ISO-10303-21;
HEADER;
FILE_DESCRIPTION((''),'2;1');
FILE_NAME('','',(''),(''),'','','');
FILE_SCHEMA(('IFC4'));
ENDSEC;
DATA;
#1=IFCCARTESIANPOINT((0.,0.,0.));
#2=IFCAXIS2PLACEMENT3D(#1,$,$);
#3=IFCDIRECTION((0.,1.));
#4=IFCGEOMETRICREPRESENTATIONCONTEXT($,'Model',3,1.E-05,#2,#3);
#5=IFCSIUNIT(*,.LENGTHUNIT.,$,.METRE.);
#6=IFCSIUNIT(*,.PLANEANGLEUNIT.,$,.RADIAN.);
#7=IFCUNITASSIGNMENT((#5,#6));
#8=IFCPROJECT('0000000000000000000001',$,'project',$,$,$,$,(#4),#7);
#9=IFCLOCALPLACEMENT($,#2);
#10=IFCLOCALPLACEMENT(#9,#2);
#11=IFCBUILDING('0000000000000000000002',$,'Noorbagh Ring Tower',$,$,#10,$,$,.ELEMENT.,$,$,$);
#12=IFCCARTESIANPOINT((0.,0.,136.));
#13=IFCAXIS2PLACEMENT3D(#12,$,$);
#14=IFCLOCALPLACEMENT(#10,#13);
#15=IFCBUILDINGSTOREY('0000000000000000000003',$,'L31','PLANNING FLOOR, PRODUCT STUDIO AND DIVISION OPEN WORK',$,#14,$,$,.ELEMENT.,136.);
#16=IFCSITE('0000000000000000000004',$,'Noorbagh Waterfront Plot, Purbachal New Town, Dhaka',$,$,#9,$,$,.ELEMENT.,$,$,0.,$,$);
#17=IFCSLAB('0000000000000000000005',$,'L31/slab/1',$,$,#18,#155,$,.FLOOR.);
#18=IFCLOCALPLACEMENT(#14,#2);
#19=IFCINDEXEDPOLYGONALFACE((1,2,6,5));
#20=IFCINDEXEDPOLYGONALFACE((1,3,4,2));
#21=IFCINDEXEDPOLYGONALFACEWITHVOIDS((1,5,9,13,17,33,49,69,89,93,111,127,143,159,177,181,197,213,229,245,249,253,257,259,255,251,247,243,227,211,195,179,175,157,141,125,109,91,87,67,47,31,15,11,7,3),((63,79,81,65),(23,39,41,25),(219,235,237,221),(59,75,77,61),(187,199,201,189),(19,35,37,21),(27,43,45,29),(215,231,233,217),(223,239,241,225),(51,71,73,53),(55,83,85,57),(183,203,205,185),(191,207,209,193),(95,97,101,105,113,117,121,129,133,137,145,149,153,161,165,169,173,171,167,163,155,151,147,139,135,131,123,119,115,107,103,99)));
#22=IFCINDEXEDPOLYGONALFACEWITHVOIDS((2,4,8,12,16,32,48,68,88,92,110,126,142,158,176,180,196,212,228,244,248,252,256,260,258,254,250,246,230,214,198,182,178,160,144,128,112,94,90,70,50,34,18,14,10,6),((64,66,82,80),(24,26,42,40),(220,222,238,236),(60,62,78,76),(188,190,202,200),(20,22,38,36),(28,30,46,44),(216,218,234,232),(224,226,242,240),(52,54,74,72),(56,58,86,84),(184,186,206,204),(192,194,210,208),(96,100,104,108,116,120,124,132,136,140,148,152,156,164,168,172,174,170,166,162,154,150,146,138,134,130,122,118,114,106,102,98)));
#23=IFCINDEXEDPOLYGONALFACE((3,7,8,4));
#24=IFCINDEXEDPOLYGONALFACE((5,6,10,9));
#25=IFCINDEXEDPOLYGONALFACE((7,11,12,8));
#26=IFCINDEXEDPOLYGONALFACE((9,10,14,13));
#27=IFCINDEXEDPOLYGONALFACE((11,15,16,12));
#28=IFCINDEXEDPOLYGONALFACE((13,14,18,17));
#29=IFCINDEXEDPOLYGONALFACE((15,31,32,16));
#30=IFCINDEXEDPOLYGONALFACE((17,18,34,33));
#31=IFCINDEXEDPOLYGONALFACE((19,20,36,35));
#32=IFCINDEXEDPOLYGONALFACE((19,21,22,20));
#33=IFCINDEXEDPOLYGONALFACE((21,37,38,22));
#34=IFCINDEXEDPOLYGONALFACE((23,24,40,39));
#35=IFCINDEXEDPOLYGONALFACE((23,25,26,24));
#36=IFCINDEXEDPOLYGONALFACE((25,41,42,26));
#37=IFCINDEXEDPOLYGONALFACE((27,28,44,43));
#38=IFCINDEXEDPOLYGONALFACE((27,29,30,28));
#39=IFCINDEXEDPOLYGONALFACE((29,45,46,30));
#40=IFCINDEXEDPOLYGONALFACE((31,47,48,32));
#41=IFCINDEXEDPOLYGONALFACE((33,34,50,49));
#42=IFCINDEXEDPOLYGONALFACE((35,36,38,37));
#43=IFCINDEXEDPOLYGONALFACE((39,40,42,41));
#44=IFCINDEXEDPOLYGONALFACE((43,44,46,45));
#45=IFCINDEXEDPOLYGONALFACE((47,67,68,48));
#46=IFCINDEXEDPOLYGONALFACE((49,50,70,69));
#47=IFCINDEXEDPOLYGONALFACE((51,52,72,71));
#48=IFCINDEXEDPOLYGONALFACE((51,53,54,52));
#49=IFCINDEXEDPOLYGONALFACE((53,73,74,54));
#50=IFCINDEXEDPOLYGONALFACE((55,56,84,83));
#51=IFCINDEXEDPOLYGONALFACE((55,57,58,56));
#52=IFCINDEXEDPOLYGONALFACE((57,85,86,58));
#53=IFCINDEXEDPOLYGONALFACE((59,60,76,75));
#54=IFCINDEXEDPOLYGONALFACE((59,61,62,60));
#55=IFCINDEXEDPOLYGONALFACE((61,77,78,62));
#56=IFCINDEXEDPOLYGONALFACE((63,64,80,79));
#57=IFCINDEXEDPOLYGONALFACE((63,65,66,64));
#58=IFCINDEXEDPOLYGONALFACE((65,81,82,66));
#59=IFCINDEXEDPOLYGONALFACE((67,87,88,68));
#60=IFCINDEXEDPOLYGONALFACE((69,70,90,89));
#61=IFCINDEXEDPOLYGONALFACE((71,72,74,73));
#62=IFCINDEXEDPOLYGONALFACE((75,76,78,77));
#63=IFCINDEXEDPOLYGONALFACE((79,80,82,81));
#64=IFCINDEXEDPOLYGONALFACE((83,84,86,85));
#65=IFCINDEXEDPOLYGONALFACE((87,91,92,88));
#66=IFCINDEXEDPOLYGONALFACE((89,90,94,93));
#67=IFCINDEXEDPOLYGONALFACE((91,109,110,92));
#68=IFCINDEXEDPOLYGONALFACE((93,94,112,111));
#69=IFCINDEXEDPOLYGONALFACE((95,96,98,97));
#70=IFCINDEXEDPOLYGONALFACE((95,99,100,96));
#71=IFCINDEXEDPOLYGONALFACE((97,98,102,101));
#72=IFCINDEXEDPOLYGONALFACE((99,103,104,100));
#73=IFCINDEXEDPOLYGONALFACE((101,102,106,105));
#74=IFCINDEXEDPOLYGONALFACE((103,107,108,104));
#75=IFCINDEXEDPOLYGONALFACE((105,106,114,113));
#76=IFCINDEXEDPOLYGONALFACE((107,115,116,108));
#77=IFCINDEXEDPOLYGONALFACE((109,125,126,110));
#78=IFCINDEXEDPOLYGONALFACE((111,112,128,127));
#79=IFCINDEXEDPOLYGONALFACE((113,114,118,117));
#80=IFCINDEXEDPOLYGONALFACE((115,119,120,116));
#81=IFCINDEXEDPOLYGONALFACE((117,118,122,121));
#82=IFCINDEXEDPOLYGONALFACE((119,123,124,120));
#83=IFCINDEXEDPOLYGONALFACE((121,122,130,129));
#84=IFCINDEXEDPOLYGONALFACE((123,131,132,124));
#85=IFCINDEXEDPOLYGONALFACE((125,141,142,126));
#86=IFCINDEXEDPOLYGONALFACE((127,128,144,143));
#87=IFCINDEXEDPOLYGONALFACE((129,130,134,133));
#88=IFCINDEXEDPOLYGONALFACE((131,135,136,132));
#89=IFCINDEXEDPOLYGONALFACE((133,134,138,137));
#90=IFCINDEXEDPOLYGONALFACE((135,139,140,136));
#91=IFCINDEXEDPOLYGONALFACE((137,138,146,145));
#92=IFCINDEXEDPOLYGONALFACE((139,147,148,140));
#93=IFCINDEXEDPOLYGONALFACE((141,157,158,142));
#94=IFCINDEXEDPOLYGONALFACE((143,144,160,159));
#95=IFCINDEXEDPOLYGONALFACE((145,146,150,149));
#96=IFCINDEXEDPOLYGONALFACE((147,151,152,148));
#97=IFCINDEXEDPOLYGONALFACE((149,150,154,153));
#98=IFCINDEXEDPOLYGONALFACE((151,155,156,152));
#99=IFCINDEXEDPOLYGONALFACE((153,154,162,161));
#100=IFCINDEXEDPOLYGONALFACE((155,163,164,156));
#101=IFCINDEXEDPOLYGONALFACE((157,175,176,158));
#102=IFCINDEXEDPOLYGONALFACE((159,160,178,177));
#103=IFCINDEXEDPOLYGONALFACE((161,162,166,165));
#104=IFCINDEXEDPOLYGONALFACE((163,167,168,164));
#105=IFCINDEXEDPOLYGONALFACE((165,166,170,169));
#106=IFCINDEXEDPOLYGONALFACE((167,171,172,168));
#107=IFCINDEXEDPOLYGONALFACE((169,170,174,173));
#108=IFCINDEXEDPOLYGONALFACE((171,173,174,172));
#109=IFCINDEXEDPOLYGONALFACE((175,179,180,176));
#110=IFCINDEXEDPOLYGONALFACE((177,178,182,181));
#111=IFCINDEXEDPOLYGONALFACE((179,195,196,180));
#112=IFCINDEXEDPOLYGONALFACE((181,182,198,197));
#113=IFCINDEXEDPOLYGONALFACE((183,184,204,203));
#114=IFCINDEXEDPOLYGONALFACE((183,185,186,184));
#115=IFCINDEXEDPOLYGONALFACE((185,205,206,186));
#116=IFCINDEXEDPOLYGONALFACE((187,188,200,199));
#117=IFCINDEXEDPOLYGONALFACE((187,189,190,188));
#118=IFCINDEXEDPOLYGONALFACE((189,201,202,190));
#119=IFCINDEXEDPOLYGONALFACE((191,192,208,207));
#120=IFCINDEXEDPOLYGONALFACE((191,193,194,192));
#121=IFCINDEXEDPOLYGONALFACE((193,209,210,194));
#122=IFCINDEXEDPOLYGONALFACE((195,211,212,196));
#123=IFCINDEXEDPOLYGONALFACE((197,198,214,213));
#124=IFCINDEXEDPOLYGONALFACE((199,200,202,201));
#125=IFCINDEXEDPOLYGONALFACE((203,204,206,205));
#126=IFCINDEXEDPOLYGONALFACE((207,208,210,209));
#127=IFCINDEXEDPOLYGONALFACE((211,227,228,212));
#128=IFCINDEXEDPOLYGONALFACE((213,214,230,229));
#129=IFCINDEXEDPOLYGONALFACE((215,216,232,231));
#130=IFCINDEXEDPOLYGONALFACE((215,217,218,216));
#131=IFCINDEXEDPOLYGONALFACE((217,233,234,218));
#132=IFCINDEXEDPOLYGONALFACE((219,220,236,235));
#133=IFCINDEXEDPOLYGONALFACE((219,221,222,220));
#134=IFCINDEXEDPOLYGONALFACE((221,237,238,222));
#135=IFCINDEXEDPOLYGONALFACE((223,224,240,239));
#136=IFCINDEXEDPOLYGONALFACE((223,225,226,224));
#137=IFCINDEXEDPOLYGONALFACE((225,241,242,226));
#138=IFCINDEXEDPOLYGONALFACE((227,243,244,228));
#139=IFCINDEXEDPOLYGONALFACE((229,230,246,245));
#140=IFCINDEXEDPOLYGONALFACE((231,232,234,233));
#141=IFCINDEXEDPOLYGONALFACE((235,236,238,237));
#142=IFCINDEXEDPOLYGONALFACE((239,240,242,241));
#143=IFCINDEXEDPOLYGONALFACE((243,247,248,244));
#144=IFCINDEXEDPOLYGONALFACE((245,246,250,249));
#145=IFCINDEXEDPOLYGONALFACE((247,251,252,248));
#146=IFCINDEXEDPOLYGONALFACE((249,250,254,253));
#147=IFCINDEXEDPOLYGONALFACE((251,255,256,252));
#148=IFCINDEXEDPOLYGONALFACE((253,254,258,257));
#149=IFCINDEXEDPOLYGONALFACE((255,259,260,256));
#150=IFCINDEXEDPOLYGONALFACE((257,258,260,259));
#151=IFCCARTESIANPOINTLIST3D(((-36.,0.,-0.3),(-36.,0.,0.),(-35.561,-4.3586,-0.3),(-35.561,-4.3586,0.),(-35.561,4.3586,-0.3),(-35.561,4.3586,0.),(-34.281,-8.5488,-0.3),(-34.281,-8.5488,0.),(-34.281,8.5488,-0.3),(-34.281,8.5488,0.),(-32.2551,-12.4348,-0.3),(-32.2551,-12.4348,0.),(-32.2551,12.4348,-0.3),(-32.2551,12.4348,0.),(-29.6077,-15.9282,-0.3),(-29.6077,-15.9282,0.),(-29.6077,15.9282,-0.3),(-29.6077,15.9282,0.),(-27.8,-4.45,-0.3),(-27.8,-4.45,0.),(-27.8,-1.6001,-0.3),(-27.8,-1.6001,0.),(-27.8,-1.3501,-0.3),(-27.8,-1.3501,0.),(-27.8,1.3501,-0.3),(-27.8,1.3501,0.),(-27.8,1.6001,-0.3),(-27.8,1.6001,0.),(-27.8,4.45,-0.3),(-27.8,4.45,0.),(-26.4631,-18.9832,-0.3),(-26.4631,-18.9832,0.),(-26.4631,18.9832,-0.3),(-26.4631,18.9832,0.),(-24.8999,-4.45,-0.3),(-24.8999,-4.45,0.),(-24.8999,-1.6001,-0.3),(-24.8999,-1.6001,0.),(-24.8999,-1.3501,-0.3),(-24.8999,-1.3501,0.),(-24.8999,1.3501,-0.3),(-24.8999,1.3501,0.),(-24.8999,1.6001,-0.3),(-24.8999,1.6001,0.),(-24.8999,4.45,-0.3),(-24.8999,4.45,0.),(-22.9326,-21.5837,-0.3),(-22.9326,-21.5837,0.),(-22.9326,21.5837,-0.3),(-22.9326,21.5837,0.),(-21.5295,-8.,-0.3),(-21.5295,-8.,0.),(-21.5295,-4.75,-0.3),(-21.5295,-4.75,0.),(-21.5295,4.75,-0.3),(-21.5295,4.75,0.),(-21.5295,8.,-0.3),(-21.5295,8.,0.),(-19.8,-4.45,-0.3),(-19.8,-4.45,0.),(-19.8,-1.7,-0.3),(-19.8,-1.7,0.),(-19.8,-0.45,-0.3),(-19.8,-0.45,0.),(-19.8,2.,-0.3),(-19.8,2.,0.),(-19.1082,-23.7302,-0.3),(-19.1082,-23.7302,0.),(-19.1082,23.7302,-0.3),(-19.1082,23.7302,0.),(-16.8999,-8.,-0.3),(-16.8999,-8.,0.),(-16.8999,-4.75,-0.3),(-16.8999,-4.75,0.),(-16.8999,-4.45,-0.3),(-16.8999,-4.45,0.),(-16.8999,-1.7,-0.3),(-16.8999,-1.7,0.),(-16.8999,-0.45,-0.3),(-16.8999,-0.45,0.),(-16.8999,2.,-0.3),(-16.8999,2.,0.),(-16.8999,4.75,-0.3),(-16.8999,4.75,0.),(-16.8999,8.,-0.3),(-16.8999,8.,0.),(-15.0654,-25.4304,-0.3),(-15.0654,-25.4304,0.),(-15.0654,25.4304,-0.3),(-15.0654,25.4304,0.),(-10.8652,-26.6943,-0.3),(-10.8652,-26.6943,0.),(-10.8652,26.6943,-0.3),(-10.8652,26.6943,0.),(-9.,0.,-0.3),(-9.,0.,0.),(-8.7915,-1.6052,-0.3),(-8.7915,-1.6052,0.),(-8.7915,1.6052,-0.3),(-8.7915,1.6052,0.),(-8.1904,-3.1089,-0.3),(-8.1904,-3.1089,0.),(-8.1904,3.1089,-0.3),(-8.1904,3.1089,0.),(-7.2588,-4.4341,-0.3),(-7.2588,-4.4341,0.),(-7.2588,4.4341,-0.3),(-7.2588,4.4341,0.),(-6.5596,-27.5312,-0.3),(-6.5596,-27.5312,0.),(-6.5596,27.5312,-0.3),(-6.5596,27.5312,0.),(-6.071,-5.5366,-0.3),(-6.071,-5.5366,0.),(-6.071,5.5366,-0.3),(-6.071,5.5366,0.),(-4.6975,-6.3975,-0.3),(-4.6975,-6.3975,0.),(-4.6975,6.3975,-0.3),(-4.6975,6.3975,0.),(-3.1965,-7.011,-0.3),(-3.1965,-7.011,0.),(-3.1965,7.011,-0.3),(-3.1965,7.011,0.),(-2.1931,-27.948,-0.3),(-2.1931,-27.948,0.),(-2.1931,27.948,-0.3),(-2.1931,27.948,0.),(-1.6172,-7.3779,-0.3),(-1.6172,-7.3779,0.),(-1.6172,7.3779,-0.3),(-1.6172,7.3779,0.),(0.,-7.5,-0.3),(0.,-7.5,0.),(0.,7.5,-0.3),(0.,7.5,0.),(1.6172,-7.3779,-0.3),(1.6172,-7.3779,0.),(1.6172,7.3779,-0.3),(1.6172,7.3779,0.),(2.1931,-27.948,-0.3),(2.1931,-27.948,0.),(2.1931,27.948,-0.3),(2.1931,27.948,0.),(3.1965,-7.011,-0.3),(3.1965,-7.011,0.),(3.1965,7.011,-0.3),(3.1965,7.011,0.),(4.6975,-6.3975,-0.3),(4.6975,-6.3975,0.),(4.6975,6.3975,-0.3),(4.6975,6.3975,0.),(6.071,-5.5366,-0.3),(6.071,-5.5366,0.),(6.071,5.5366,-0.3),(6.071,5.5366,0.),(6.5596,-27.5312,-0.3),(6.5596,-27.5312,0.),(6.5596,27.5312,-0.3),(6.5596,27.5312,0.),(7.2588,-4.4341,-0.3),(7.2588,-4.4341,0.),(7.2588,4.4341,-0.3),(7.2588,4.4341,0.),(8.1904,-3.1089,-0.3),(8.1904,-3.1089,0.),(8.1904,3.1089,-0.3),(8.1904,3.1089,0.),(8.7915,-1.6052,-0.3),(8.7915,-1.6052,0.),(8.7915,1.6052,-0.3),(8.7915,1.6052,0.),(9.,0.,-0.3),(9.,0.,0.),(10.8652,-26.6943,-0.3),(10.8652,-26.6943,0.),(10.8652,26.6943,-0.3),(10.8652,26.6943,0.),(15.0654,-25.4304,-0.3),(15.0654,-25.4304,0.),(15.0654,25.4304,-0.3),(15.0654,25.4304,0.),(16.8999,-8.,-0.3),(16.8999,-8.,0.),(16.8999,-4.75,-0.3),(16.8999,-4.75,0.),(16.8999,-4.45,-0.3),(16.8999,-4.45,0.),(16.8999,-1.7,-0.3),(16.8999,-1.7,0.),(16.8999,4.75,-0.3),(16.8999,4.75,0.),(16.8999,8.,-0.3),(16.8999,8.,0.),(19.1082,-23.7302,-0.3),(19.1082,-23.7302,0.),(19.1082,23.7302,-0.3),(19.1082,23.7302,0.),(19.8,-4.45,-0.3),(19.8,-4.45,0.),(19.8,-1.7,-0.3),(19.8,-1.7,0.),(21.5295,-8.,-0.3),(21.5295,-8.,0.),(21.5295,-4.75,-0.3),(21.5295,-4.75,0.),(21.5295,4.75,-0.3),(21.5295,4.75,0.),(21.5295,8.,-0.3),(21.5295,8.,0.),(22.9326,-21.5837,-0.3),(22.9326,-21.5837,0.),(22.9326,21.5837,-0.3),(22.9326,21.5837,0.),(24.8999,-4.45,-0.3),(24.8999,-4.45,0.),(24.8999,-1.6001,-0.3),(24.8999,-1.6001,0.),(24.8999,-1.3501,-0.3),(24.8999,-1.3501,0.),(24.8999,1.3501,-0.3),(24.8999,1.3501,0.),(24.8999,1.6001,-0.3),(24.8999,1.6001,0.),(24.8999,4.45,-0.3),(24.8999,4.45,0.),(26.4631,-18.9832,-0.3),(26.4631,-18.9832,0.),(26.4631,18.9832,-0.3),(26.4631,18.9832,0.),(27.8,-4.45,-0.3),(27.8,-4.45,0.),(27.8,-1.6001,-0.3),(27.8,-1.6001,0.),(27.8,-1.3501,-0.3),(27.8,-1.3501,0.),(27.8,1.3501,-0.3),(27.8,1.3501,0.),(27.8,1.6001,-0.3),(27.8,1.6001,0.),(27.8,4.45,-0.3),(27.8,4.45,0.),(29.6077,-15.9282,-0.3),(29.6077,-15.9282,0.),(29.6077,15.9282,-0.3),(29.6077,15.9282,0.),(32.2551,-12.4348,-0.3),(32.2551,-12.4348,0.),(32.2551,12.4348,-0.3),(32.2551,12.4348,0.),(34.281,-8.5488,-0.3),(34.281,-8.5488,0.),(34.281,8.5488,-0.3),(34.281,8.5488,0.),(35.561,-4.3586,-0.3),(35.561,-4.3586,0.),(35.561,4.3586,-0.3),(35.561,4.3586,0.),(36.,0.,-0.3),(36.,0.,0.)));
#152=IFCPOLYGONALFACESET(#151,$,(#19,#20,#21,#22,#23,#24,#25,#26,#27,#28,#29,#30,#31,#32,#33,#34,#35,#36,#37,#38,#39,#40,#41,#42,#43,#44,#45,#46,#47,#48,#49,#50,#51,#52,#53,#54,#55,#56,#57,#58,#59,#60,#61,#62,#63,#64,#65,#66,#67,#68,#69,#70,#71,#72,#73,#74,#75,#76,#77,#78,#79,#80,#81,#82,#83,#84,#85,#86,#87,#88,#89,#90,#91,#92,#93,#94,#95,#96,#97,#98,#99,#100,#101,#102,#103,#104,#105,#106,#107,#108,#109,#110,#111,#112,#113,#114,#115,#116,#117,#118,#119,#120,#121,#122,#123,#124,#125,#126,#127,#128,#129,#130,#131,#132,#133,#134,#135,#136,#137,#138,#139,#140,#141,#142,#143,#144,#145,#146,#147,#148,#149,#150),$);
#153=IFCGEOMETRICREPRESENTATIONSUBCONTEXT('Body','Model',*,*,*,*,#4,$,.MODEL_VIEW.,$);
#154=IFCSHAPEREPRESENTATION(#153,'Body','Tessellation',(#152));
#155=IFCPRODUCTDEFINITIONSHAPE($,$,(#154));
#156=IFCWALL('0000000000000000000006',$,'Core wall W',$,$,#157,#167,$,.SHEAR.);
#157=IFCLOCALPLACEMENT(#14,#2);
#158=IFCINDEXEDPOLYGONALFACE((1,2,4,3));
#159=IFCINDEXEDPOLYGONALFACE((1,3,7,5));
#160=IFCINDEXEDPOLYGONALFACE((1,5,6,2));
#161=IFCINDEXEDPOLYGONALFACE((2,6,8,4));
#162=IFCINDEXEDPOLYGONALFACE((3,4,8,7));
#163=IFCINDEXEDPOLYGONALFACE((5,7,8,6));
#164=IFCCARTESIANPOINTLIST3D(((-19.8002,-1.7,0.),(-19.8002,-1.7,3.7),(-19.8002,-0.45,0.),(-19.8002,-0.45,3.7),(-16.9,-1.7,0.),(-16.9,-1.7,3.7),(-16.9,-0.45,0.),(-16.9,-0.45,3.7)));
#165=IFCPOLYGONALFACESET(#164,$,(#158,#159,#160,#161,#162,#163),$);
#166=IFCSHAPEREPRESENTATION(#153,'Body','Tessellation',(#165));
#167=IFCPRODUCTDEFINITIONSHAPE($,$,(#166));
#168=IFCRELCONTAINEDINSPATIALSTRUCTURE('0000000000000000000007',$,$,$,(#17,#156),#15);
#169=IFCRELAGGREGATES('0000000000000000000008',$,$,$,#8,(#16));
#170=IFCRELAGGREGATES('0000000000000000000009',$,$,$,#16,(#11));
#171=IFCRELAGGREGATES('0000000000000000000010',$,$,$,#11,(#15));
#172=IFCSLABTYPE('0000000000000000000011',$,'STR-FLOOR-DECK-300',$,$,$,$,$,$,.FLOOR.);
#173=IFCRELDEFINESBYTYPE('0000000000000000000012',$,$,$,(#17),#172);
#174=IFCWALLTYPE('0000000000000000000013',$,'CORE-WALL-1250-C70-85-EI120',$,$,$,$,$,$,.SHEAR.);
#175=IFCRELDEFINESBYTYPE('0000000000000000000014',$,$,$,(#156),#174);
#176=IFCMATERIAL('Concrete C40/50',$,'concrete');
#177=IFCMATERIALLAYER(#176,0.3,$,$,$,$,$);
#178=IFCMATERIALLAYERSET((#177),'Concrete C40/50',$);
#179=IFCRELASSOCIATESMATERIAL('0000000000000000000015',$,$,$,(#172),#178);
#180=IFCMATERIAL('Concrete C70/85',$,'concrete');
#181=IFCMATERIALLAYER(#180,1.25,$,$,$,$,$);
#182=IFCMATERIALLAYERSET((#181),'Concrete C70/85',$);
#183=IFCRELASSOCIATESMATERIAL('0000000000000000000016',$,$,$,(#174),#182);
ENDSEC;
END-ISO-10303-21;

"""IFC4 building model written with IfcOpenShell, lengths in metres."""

from ifc_helpers import new_model, si_unit, direction, frame, frame_2d, origin, place, context, subcontext, project, spatial, polyline, rectangle, outline, extrude, material, layer, layer_set, type_object, element, save


model = new_model("IFC4")

# Units and contexts
model_context = context("Model", 3, precision=1e-05, world=origin(), true_north=direction((0.0, 1.0)))
body_context = subcontext(model_context, "Body", "Model", "MODEL_VIEW")
ifc_project = project(units=[si_unit("LENGTHUNIT", "METRE"), si_unit("PLANEANGLEUNIT", "RADIAN")], contexts=[model_context])

# Site, building, storey
site_placement = place(None, origin())
site = spatial("IfcSite", under=ifc_project, at=site_placement, Name="Noorbagh Waterfront Plot, Purbachal New Town, Dhaka", CompositionType="ELEMENT", RefElevation=0.0)
building_placement = place(site_placement, origin())
building = spatial("IfcBuilding", under=site, at=building_placement, Name="Noorbagh Ring Tower", CompositionType="ELEMENT")
storey_placement = place(building_placement, frame((0.0, 0.0, 136.0)))
storey = spatial("IfcBuildingStorey", under=building, at=storey_placement, Name="L31", Description="PLANNING FLOOR, PRODUCT STUDIO AND DIVISION OPEN WORK", CompositionType="ELEMENT", Elevation=136.0)

# Slab
ifc_material_1 = material(Name="Concrete C40/50", Category="concrete")
ifc_layer_1 = layer(ifc_material_1, 0.3)
ifc_layer_set_1 = layer_set([ifc_layer_1], Name="Concrete C40/50")
slab_type = type_object("IfcSlabType", Name="STR-FLOOR-DECK-300", PredefinedType="FLOOR", material=ifc_layer_set_1)
slab_placement = place(storey_placement, frame((0.0, 0.0, -0.3)))
element("IfcSlab", 1, at=slab_placement, inside=storey, type_object=slab_type, Name="L31/slab/1", PredefinedType="FLOOR", context=body_context, shape_type="SweptSolid", body=[
    extrude(outline(polyline([(36.0, 0.0), (35.561, 4.3586), (34.281, 8.5488), (32.2551, 12.4348), (29.6077, 15.9282), (26.4631, 18.9832), (22.9326, 21.5837), (19.1082, 23.7302), (15.0654, 25.4304), (10.8652, 26.6943), (6.5596, 27.5312), (2.1931, 27.948), (-2.1931, 27.948), (-6.5596, 27.5312), (-10.8652, 26.6943), (-15.0654, 25.4304), (-19.1082, 23.7302), (-22.9326, 21.5837), (-26.4631, 18.9832), (-29.6077, 15.9282), (-32.2551, 12.4348), (-34.281, 8.5488), (-35.561, 4.3586), (-36.0, 0.0), (-35.561, -4.3586), (-34.281, -8.5488), (-32.2551, -12.4348), (-29.6077, -15.9282), (-26.4631, -18.9832), (-22.9326, -21.5837), (-19.1082, -23.7302), (-15.0654, -25.4304), (-10.8652, -26.6943), (-6.5596, -27.5312), (-2.1931, -27.948), (2.1931, -27.948), (6.5596, -27.5312), (10.8652, -26.6943), (15.0654, -25.4304), (19.1082, -23.7302), (22.9326, -21.5837), (26.4631, -18.9832), (29.6077, -15.9282), (32.2551, -12.4348), (34.281, -8.5488), (35.561, -4.3586), (36.0, 0.0)]), holes=[polyline([(24.8999, -1.6001), (27.8, -1.6001), (27.8, -4.45), (24.8999, -4.45), (24.8999, -1.6001)]), polyline([(24.8999, 1.3501), (27.8, 1.3501), (27.8, -1.3501), (24.8999, -1.3501), (24.8999, 1.3501)]), polyline([(24.8999, 4.45), (27.8, 4.45), (27.8, 1.6001), (24.8999, 1.6001), (24.8999, 4.45)]), polyline([(21.5295, -4.75), (21.5295, -8.0), (16.8999, -8.0), (16.8999, -4.75), (21.5295, -4.75)]), polyline([(21.5295, 4.75), (16.8999, 4.75), (16.8999, 8.0), (21.5295, 8.0), (21.5295, 4.75)]), polyline([(16.8999, -1.7), (19.8, -1.7), (19.8, -4.45), (16.8999, -4.45), (16.8999, -1.7)]), polyline([(4.6975, -6.3975), (3.1965, -7.011), (1.6172, -7.3779), (0.0, -7.5), (-1.6172, -7.3779), (-3.1965, -7.011), (-4.6975, -6.3975), (-6.071, -5.5366), (-7.2588, -4.4341), (-8.1904, -3.1089), (-8.7915, -1.6052), (-9.0, 0.0), (-8.7915, 1.6052), (-8.1904, 3.1089), (-7.2588, 4.4341), (-6.071, 5.5366), (-4.6975, 6.3975), (-3.1965, 7.011), (-1.6172, 7.3779), (0.0, 7.5), (1.6172, 7.3779), (3.1965, 7.011), (4.6975, 6.3975), (6.071, 5.5366), (7.2588, 4.4341), (8.1904, 3.1089), (8.7915, 1.6052), (9.0, 0.0), (8.7915, -1.6052), (8.1904, -3.1089), (7.2588, -4.4341), (6.071, -5.5366), (4.6975, -6.3975)]), polyline([(-21.5295, -8.0), (-21.5295, -4.75), (-16.8999, -4.75), (-16.8999, -8.0), (-21.5295, -8.0)]), polyline([(-21.5295, 8.0), (-16.8999, 8.0), (-16.8999, 4.75), (-21.5295, 4.75), (-21.5295, 8.0)]), polyline([(-16.8999, -4.45), (-19.8, -4.45), (-19.8, -1.7), (-16.8999, -1.7), (-16.8999, -4.45)]), polyline([(-16.8999, -0.45), (-19.8, -0.45), (-19.8, 2.0), (-16.8999, 2.0), (-16.8999, -0.45)]), polyline([(-24.8999, -4.45), (-27.8, -4.45), (-27.8, -1.6001), (-24.8999, -1.6001), (-24.8999, -4.45)]), polyline([(-24.8999, -1.3501), (-27.8, -1.3501), (-27.8, 1.3501), (-24.8999, 1.3501), (-24.8999, -1.3501)]), polyline([(-24.8999, 1.6001), (-27.8, 1.6001), (-27.8, 4.45), (-24.8999, 4.45), (-24.8999, 1.6001)])]), origin(), (0.0, 0.0, 1.0), 0.3),
])

# Wall
ifc_material_2 = material(Name="Concrete C70/85", Category="concrete")
ifc_layer_2 = layer(ifc_material_2, 1.25)
ifc_layer_set_2 = layer_set([ifc_layer_2], Name="Concrete C70/85")
wall_type_1 = type_object("IfcWallType", Name="CORE-WALL-1250-C70-85-EI120", PredefinedType="SHEAR", material=ifc_layer_set_2)
wall_1_placement = place(storey_placement, frame((-16.8999, -1.075, 0.0), z_axis=(0.0, 0.0, 1.0), x_axis=(-1.0, 0.0, 0.0)))
element("IfcWall", 2, at=wall_1_placement, inside=storey, type_object=wall_type_1, Name="Core wall W", PredefinedType="SHEAR", context=body_context, shape_type="SweptSolid", body=[
    extrude(rectangle(XDim=2.9001, YDim=1.25, at=frame_2d((1.4502, 0.0))), origin(), (0.0, 0.0, 1.0), 3.7),
])

save(model, "model.ifc")
